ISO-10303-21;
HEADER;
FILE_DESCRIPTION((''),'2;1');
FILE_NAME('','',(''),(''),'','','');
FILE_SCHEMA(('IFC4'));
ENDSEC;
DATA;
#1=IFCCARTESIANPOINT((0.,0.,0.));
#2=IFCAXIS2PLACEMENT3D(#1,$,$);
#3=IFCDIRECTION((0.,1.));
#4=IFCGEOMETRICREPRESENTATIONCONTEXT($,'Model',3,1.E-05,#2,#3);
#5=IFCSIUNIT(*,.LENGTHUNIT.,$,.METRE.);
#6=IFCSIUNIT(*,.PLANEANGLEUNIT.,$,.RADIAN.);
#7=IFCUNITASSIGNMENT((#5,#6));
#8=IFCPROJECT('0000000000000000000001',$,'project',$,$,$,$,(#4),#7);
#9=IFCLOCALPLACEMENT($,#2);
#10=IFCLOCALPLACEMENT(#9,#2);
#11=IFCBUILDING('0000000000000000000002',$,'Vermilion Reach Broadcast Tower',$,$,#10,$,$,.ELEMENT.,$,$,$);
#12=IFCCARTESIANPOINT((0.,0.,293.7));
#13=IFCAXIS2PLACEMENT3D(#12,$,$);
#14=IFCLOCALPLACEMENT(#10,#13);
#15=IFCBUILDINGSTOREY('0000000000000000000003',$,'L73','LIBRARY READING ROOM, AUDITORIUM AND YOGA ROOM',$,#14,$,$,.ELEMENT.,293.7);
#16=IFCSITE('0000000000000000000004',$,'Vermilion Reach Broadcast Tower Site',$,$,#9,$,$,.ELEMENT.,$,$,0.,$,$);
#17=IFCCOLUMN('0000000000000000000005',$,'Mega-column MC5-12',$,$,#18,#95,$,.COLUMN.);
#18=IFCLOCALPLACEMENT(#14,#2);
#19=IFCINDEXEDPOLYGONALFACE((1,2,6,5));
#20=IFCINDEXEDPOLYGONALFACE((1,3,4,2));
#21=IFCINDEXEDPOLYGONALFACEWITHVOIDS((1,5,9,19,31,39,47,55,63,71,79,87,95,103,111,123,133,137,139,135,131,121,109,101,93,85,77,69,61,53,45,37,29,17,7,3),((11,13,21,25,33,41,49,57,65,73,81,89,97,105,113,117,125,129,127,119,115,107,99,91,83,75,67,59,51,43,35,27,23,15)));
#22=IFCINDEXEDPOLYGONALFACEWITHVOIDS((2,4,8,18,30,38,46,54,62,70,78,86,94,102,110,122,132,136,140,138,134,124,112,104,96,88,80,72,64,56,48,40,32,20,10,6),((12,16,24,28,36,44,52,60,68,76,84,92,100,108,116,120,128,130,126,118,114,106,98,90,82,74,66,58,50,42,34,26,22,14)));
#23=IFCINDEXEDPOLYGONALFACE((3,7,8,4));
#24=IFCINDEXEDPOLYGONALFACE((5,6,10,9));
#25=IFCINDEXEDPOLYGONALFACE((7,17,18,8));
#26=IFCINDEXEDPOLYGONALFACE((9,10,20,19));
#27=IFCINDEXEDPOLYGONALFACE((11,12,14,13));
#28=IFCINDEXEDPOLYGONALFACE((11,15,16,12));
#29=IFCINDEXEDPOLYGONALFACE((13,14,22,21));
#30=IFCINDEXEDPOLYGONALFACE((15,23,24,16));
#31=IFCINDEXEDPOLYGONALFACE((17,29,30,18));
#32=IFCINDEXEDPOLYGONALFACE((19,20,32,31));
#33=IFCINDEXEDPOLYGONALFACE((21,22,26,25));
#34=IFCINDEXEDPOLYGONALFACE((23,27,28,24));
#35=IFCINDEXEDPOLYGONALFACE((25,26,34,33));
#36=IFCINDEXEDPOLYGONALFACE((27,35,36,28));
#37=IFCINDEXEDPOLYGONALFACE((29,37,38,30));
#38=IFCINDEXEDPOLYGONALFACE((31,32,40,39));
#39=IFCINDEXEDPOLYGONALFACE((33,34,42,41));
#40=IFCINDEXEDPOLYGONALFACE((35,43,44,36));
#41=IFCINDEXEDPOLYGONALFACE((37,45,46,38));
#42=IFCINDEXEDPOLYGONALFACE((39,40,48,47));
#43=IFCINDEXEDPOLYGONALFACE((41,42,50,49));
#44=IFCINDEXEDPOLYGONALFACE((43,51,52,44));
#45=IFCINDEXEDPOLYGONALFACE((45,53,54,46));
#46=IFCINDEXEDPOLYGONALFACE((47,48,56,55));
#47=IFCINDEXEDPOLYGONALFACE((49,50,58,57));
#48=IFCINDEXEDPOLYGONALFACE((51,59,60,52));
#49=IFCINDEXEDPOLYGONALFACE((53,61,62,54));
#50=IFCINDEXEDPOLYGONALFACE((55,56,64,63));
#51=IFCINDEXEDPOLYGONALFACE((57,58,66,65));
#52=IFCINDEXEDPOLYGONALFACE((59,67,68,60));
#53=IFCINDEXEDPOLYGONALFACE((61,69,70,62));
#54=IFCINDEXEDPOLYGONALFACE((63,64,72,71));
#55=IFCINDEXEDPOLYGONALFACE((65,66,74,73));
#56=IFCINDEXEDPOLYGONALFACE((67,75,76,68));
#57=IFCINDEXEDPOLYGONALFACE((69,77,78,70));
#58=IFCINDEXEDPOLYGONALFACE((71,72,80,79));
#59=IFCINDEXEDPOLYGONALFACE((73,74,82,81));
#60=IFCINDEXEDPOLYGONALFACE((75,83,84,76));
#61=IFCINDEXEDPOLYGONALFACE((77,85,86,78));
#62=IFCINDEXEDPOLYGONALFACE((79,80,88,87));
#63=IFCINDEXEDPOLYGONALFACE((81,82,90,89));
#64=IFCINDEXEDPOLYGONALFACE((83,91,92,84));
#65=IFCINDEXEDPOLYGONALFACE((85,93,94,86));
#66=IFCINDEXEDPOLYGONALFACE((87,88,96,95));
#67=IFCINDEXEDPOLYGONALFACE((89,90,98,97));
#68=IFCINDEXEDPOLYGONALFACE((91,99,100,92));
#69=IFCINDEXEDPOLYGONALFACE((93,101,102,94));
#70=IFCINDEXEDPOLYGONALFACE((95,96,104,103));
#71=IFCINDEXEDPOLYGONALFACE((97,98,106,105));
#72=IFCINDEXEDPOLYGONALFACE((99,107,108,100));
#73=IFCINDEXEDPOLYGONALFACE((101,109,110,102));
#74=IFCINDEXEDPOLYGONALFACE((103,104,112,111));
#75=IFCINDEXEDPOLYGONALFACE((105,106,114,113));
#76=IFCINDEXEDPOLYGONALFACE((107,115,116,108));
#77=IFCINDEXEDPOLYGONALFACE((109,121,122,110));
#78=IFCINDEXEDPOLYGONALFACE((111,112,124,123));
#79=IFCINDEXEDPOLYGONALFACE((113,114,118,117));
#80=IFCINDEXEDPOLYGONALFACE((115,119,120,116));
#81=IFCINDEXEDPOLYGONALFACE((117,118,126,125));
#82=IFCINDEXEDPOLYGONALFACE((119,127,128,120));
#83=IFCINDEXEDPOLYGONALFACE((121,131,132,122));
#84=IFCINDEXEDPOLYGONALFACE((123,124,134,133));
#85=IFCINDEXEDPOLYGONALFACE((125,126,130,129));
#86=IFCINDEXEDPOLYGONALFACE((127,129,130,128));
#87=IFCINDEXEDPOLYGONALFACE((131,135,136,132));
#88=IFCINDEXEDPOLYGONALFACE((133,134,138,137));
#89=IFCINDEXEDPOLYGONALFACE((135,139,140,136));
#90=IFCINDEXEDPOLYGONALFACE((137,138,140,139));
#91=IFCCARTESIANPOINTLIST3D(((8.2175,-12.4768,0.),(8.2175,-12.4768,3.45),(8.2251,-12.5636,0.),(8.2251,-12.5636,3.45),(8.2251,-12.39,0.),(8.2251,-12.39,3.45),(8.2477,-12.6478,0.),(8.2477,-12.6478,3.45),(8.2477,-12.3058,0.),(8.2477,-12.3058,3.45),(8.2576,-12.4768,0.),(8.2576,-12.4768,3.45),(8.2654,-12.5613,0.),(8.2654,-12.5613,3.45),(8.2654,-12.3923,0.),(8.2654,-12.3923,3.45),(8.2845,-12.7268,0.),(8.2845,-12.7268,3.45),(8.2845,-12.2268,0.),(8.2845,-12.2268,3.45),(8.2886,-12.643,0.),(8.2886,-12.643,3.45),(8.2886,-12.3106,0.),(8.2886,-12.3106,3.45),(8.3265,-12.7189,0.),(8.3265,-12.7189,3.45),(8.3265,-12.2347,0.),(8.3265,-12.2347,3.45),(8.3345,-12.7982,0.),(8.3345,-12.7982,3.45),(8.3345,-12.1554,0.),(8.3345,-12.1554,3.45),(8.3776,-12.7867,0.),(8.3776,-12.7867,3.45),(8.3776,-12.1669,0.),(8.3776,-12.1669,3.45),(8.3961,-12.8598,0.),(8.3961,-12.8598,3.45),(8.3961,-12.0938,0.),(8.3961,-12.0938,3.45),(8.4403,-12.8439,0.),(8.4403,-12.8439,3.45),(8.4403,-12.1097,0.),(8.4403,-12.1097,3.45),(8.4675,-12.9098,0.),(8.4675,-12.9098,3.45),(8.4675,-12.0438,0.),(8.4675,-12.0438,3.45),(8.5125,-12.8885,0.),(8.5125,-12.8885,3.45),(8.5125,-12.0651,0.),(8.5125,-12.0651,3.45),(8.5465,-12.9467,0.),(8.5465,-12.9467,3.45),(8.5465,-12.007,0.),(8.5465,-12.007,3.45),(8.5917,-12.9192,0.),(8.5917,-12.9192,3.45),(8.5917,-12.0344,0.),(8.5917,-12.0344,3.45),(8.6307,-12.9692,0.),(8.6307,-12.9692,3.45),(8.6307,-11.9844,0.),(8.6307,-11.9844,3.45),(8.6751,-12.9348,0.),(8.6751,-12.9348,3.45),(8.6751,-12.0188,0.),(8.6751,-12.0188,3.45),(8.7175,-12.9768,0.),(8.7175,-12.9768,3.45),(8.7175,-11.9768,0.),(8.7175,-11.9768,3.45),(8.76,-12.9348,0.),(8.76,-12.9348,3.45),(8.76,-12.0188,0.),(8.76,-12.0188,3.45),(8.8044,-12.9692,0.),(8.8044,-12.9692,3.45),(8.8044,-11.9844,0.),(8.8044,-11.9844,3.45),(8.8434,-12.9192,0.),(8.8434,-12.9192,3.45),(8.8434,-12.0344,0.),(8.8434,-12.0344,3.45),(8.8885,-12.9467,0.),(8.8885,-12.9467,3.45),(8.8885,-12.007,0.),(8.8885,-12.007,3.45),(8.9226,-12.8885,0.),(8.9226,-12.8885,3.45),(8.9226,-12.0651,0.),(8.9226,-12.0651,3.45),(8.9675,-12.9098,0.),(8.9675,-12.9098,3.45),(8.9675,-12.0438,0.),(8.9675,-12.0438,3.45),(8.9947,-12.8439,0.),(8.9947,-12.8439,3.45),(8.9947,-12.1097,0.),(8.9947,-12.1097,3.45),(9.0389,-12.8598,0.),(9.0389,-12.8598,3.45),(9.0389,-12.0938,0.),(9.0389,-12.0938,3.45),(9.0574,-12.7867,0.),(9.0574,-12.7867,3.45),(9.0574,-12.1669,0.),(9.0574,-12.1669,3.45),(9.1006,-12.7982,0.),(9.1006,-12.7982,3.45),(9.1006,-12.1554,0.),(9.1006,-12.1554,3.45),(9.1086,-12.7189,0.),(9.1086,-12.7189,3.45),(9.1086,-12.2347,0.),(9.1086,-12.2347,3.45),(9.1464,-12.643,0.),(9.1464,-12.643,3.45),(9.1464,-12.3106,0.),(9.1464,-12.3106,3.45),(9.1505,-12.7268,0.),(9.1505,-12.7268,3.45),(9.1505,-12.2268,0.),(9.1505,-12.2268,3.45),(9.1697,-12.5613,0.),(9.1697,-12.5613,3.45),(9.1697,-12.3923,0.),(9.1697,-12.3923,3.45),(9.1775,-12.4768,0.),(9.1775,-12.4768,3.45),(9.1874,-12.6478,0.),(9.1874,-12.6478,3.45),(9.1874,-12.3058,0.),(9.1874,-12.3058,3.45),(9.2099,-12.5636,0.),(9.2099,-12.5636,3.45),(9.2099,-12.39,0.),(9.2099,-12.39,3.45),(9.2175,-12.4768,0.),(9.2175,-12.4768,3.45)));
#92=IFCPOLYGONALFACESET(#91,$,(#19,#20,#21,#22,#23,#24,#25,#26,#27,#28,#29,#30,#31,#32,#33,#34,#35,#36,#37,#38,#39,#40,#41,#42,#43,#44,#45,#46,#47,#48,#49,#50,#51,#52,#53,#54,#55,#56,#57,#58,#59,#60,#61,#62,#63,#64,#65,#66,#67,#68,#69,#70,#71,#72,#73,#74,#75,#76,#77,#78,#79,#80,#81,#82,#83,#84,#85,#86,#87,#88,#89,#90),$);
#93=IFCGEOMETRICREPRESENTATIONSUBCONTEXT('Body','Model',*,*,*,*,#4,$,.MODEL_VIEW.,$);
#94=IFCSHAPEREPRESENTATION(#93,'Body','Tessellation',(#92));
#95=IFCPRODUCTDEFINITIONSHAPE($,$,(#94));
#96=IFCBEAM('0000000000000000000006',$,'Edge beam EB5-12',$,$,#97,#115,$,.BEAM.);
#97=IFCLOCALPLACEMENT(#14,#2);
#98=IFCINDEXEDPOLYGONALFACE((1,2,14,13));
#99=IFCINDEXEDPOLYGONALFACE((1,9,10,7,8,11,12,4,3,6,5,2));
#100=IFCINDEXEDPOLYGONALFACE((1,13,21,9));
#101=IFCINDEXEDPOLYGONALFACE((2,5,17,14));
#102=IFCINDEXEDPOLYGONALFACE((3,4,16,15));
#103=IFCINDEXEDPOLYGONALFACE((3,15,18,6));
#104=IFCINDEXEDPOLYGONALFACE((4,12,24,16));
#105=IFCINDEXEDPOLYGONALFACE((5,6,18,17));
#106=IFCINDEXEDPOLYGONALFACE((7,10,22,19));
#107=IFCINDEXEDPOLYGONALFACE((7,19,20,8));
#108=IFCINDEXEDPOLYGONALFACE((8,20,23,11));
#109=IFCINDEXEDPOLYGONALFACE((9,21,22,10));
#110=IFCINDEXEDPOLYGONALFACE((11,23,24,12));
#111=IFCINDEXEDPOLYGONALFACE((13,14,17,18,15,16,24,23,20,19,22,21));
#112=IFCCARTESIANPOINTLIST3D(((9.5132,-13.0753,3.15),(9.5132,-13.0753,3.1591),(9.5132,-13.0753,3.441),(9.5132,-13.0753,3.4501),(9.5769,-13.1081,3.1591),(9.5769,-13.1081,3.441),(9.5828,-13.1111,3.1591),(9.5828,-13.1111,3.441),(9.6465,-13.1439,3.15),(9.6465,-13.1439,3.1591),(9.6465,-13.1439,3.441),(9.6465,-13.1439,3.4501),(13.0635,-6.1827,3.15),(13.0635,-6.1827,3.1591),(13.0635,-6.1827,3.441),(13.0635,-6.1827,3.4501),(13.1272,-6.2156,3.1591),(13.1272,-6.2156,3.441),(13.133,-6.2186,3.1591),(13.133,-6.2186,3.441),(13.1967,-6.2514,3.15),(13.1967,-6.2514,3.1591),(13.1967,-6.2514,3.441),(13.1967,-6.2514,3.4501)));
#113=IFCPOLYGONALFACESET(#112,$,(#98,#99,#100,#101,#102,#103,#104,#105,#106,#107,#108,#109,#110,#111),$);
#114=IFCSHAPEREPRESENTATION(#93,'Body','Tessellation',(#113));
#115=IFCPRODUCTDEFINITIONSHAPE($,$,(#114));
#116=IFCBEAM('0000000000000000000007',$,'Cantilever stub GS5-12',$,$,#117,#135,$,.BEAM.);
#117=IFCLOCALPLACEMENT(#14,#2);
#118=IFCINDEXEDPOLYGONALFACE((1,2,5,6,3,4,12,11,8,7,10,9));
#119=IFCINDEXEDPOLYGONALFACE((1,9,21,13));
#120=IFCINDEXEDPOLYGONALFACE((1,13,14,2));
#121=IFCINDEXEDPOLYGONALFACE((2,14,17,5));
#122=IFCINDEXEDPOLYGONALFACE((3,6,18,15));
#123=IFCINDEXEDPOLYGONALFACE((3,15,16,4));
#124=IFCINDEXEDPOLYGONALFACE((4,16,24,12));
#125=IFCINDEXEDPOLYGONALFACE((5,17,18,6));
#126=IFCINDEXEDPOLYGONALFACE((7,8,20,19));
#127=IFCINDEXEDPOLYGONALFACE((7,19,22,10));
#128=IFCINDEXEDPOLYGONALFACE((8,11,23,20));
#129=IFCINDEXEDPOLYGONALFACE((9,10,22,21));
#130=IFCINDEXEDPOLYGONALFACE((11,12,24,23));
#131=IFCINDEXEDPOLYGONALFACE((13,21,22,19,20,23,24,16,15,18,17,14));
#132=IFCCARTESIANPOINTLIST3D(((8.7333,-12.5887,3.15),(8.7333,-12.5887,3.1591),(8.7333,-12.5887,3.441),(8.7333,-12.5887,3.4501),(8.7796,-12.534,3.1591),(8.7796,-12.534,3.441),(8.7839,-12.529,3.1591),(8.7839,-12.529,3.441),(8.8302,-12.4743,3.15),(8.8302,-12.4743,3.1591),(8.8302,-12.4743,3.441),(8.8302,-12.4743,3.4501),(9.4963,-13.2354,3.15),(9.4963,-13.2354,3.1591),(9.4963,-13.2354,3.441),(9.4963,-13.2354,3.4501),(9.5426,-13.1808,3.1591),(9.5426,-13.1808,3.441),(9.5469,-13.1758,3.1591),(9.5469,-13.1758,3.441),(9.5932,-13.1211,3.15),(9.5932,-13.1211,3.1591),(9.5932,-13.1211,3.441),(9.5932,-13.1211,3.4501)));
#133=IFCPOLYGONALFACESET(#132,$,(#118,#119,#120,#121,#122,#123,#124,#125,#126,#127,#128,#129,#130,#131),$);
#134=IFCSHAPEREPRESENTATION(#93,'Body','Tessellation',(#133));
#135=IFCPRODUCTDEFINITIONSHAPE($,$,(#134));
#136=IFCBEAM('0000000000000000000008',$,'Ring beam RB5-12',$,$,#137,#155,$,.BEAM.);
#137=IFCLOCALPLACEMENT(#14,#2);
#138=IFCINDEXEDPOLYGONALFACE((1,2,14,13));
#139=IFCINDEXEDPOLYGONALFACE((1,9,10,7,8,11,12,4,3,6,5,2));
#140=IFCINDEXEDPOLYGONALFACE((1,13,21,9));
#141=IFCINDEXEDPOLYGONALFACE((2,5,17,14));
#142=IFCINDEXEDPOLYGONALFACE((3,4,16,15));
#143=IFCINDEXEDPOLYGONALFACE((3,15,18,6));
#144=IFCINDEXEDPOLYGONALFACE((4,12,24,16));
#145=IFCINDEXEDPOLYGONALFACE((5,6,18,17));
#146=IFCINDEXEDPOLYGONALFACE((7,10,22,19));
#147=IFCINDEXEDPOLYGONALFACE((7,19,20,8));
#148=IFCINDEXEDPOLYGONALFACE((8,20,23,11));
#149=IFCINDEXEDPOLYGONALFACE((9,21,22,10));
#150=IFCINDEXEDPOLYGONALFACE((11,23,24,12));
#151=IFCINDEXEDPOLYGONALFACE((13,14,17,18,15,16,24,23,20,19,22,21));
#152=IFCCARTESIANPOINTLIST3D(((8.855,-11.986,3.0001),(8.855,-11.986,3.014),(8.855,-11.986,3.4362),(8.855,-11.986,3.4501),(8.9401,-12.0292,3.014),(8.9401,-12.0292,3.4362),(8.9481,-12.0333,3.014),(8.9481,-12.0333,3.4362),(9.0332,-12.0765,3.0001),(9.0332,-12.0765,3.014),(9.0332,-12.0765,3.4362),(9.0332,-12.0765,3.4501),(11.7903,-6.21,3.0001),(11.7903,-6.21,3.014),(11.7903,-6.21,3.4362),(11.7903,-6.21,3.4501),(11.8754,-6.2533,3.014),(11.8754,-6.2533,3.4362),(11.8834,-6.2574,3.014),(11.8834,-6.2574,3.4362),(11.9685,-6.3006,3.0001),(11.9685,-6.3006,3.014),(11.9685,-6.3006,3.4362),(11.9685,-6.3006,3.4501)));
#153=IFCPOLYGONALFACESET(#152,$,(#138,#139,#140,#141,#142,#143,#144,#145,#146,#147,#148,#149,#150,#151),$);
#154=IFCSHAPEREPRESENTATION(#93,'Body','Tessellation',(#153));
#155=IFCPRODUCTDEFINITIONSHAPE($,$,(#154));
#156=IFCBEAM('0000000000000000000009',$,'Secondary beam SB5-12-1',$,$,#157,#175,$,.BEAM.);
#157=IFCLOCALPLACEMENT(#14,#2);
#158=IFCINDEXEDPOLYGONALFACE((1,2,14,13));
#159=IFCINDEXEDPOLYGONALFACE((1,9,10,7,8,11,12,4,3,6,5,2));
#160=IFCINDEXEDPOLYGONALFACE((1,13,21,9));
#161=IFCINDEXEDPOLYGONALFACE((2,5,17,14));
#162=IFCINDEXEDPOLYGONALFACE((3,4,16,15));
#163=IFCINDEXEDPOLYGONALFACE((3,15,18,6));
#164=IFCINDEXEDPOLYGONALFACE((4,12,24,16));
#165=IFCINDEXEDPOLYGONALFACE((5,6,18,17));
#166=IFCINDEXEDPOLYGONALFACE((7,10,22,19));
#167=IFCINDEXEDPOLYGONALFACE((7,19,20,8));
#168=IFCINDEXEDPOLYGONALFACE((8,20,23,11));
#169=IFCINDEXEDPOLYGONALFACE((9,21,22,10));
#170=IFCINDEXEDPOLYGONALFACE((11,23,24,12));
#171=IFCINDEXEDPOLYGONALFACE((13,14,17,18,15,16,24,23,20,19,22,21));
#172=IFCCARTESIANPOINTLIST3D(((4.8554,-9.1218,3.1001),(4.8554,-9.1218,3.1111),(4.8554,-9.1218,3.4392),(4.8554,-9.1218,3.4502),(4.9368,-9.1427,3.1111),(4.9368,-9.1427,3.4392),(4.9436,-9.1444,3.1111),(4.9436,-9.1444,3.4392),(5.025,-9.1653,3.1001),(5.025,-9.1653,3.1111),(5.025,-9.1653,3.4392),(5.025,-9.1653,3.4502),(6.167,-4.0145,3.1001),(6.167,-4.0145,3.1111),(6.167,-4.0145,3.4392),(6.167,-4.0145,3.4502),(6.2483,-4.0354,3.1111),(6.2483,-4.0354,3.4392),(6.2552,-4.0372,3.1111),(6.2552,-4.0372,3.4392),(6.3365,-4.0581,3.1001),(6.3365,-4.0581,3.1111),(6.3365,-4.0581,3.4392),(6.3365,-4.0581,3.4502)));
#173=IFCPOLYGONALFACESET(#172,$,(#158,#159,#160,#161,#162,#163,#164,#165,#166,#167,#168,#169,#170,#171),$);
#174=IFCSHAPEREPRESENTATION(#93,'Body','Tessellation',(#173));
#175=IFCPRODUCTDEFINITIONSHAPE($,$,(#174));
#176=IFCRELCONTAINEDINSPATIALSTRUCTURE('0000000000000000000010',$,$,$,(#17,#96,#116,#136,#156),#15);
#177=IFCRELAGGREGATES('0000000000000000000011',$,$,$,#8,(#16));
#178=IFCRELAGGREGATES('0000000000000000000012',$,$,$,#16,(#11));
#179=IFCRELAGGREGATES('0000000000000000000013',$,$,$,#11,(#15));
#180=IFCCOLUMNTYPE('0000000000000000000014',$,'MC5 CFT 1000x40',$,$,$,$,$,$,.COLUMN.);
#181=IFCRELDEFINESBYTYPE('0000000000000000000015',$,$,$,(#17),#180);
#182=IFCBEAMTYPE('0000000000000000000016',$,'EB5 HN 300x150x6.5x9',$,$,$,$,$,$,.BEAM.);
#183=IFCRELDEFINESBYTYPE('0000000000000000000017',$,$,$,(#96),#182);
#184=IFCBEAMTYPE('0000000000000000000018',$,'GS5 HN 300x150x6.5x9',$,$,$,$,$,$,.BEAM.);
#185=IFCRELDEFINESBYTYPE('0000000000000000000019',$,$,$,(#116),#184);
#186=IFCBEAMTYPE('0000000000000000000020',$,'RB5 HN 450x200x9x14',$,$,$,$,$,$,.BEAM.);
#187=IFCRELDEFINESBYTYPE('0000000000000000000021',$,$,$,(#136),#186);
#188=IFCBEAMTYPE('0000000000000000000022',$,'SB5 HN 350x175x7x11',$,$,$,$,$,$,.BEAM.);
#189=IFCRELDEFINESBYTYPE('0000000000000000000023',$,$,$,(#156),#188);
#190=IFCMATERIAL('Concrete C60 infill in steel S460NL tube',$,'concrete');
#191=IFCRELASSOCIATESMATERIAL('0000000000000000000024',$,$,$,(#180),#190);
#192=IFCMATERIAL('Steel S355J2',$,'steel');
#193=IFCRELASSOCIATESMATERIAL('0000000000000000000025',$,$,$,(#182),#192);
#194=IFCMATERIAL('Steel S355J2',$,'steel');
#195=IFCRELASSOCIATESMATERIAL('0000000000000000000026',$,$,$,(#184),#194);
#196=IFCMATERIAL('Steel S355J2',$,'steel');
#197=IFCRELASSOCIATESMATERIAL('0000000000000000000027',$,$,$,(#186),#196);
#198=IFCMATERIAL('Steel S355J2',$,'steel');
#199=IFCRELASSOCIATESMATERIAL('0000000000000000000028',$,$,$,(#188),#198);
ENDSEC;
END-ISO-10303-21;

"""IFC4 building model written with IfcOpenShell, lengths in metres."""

from ifc_helpers import new_model, si_unit, direction, frame, origin, origin_2d, place, context, subcontext, project, spatial, hollow_circle, i_section, extrude, material, material_profile, profile_set, type_object, element, save


model = new_model("IFC4")

# Units and contexts
model_context = context("Model", 3, precision=1e-05, world=origin(), true_north=direction((0.0, 1.0)))
body_context = subcontext(model_context, "Body", "Model", "MODEL_VIEW")
ifc_project = project(units=[si_unit("LENGTHUNIT", "METRE"), si_unit("PLANEANGLEUNIT", "RADIAN")], contexts=[model_context])

# Site, building, storey
site_placement = place(None, origin())
site = spatial("IfcSite", under=ifc_project, at=site_placement, Name="Vermilion Reach Broadcast Tower Site", CompositionType="ELEMENT", RefElevation=0.0)
building_placement = place(site_placement, origin())
building = spatial("IfcBuilding", under=site, at=building_placement, Name="Vermilion Reach Broadcast Tower", CompositionType="ELEMENT")
storey_placement = place(building_placement, frame((0.0, 0.0, 293.7)))
storey = spatial("IfcBuildingStorey", under=building, at=storey_placement, Name="L73", Description="LIBRARY READING ROOM, AUDITORIUM AND YOGA ROOM", CompositionType="ELEMENT", Elevation=293.7)

# Column
ifc_material_1 = material(Name="Concrete C60 infill in steel S460NL tube", Category="concrete")
ifc_material_profile_1 = material_profile(ifc_material_1, hollow_circle(Radius=0.5, WallThickness=0.04, at=origin_2d()), Name="Concrete C60 infill in steel S460NL tube CFT 1000x40")
ifc_profile_set_1 = profile_set([ifc_material_profile_1], Name="Concrete C60 infill in steel S460NL tube")
column_type = type_object("IfcColumnType", Name="MC5 CFT 1000x40", PredefinedType="COLUMN", material=ifc_profile_set_1)
column_placement = place(storey_placement, frame((8.7175, -12.4768, 0.0), z_axis=(0.0, 0.0, 1.0), x_axis=(1.0, 0.0, 0.0)))
element("IfcColumn", 1, at=column_placement, inside=storey, type_object=column_type, Name="Mega-column MC5-12", PredefinedType="COLUMN", context=body_context, shape_type="SweptSolid", body=[
    extrude(hollow_circle(Radius=0.5, WallThickness=0.04, at=origin_2d()), origin(), (0.0, 0.0, 1.0), 3.45),
])

# Beams
ifc_material_2 = material(Name="Steel S355J2", Category="steel")
ifc_material_profile_2 = material_profile(ifc_material_2, i_section(OverallWidth=0.1499, OverallDepth=0.3, WebThickness=0.0066, FlangeThickness=0.009, at=origin_2d()), Name="S355J2 HN 300x150x6.5x9")
ifc_profile_set_2 = profile_set([ifc_material_profile_2], Name="Steel S355J2")
beam_type_1 = type_object("IfcBeamType", Name="EB5 HN 300x150x6.5x9", PredefinedType="BEAM", material=ifc_profile_set_2)
beam_1_placement = place(storey_placement, frame((9.5798, -13.1096, 3.3), z_axis=(0.457913, 0.888997, 0.0), x_axis=(-0.888997, 0.457913, 0.0)))
element("IfcBeam", 2, at=beam_1_placement, inside=storey, type_object=beam_type_1, Name="Edge beam EB5-12", PredefinedType="BEAM", context=body_context, shape_type="SweptSolid", body=[
    extrude(i_section(OverallWidth=0.1499, OverallDepth=0.3, WebThickness=0.0066, FlangeThickness=0.009, at=origin_2d()), origin(), (0.0, 0.0, 1.0), 7.7532),
])
ifc_material_3 = material(Name="Steel S355J2", Category="steel")
ifc_material_profile_3 = material_profile(ifc_material_3, i_section(OverallWidth=0.1499, OverallDepth=0.3, WebThickness=0.0066, FlangeThickness=0.009, at=origin_2d()), Name="S355J2 HN 300x150x6.5x9")
ifc_profile_set_3 = profile_set([ifc_material_profile_3], Name="Steel S355J2")
beam_type_2 = type_object("IfcBeamType", Name="GS5 HN 300x150x6.5x9", PredefinedType="BEAM", material=ifc_profile_set_3)
beam_2_placement = place(storey_placement, frame((8.7817, -12.5315, 3.3), z_axis=(0.762812, -0.64662, 0.0), x_axis=(0.64662, 0.762812, 0.0)))
element("IfcBeam", 3, at=beam_2_placement, inside=storey, type_object=beam_type_2, Name="Cantilever stub GS5-12", PredefinedType="BEAM", context=body_context, shape_type="SweptSolid", body=[
    extrude(i_section(OverallWidth=0.1499, OverallDepth=0.3, WebThickness=0.0066, FlangeThickness=0.009, at=origin_2d()), origin(), (0.0, 0.0, 1.0), 1.0002),
])
ifc_material_4 = material(Name="Steel S355J2", Category="steel")
ifc_material_profile_4 = material_profile(ifc_material_4, i_section(OverallWidth=0.2, OverallDepth=0.45, WebThickness=0.009, FlangeThickness=0.0139, at=origin_2d()), Name="S355J2 HN 450x200x9x14")
ifc_profile_set_4 = profile_set([ifc_material_profile_4], Name="Steel S355J2")
beam_type_3 = type_object("IfcBeamType", Name="RB5 HN 450x200x9x14", PredefinedType="BEAM", material=ifc_profile_set_4)
beam_3_placement = place(storey_placement, frame((8.9441, -12.0312, 3.2251), z_axis=(0.453052, 0.891484, 0.0), x_axis=(-0.891484, 0.453052, 0.0)))
element("IfcBeam", 4, at=beam_3_placement, inside=storey, type_object=beam_type_3, Name="Ring beam RB5-12", PredefinedType="BEAM", context=body_context, shape_type="SweptSolid", body=[
    extrude(i_section(OverallWidth=0.2, OverallDepth=0.45, WebThickness=0.009, FlangeThickness=0.0139, at=origin_2d()), origin(), (0.0, 0.0, 1.0), 6.479),
])
ifc_material_5 = material(Name="Steel S355J2", Category="steel")
ifc_material_profile_5 = material_profile(ifc_material_5, i_section(OverallWidth=0.175, OverallDepth=0.3501, WebThickness=0.0071, FlangeThickness=0.011, at=origin_2d()), Name="S355J2 HN 350x175x7x11")
ifc_profile_set_5 = profile_set([ifc_material_profile_5], Name="Steel S355J2")
beam_type_4 = type_object("IfcBeamType", Name="SB5 HN 350x175x7x11", PredefinedType="BEAM", material=ifc_profile_set_5)
beam_4_placement = place(storey_placement, frame((4.9402, -9.1436, 3.2751), z_axis=(0.24873, 0.968573, 0.0), x_axis=(-0.968573, 0.24873, 0.0)))
element("IfcBeam", 5, at=beam_4_placement, inside=storey, type_object=beam_type_4, Name="Secondary beam SB5-12-1", PredefinedType="BEAM", context=body_context, shape_type="SweptSolid", body=[
    extrude(i_section(OverallWidth=0.175, OverallDepth=0.3501, WebThickness=0.0071, FlangeThickness=0.011, at=origin_2d()), origin(), (0.0, 0.0, 1.0), 5.2729),
])

save(model, "model.ifc")
